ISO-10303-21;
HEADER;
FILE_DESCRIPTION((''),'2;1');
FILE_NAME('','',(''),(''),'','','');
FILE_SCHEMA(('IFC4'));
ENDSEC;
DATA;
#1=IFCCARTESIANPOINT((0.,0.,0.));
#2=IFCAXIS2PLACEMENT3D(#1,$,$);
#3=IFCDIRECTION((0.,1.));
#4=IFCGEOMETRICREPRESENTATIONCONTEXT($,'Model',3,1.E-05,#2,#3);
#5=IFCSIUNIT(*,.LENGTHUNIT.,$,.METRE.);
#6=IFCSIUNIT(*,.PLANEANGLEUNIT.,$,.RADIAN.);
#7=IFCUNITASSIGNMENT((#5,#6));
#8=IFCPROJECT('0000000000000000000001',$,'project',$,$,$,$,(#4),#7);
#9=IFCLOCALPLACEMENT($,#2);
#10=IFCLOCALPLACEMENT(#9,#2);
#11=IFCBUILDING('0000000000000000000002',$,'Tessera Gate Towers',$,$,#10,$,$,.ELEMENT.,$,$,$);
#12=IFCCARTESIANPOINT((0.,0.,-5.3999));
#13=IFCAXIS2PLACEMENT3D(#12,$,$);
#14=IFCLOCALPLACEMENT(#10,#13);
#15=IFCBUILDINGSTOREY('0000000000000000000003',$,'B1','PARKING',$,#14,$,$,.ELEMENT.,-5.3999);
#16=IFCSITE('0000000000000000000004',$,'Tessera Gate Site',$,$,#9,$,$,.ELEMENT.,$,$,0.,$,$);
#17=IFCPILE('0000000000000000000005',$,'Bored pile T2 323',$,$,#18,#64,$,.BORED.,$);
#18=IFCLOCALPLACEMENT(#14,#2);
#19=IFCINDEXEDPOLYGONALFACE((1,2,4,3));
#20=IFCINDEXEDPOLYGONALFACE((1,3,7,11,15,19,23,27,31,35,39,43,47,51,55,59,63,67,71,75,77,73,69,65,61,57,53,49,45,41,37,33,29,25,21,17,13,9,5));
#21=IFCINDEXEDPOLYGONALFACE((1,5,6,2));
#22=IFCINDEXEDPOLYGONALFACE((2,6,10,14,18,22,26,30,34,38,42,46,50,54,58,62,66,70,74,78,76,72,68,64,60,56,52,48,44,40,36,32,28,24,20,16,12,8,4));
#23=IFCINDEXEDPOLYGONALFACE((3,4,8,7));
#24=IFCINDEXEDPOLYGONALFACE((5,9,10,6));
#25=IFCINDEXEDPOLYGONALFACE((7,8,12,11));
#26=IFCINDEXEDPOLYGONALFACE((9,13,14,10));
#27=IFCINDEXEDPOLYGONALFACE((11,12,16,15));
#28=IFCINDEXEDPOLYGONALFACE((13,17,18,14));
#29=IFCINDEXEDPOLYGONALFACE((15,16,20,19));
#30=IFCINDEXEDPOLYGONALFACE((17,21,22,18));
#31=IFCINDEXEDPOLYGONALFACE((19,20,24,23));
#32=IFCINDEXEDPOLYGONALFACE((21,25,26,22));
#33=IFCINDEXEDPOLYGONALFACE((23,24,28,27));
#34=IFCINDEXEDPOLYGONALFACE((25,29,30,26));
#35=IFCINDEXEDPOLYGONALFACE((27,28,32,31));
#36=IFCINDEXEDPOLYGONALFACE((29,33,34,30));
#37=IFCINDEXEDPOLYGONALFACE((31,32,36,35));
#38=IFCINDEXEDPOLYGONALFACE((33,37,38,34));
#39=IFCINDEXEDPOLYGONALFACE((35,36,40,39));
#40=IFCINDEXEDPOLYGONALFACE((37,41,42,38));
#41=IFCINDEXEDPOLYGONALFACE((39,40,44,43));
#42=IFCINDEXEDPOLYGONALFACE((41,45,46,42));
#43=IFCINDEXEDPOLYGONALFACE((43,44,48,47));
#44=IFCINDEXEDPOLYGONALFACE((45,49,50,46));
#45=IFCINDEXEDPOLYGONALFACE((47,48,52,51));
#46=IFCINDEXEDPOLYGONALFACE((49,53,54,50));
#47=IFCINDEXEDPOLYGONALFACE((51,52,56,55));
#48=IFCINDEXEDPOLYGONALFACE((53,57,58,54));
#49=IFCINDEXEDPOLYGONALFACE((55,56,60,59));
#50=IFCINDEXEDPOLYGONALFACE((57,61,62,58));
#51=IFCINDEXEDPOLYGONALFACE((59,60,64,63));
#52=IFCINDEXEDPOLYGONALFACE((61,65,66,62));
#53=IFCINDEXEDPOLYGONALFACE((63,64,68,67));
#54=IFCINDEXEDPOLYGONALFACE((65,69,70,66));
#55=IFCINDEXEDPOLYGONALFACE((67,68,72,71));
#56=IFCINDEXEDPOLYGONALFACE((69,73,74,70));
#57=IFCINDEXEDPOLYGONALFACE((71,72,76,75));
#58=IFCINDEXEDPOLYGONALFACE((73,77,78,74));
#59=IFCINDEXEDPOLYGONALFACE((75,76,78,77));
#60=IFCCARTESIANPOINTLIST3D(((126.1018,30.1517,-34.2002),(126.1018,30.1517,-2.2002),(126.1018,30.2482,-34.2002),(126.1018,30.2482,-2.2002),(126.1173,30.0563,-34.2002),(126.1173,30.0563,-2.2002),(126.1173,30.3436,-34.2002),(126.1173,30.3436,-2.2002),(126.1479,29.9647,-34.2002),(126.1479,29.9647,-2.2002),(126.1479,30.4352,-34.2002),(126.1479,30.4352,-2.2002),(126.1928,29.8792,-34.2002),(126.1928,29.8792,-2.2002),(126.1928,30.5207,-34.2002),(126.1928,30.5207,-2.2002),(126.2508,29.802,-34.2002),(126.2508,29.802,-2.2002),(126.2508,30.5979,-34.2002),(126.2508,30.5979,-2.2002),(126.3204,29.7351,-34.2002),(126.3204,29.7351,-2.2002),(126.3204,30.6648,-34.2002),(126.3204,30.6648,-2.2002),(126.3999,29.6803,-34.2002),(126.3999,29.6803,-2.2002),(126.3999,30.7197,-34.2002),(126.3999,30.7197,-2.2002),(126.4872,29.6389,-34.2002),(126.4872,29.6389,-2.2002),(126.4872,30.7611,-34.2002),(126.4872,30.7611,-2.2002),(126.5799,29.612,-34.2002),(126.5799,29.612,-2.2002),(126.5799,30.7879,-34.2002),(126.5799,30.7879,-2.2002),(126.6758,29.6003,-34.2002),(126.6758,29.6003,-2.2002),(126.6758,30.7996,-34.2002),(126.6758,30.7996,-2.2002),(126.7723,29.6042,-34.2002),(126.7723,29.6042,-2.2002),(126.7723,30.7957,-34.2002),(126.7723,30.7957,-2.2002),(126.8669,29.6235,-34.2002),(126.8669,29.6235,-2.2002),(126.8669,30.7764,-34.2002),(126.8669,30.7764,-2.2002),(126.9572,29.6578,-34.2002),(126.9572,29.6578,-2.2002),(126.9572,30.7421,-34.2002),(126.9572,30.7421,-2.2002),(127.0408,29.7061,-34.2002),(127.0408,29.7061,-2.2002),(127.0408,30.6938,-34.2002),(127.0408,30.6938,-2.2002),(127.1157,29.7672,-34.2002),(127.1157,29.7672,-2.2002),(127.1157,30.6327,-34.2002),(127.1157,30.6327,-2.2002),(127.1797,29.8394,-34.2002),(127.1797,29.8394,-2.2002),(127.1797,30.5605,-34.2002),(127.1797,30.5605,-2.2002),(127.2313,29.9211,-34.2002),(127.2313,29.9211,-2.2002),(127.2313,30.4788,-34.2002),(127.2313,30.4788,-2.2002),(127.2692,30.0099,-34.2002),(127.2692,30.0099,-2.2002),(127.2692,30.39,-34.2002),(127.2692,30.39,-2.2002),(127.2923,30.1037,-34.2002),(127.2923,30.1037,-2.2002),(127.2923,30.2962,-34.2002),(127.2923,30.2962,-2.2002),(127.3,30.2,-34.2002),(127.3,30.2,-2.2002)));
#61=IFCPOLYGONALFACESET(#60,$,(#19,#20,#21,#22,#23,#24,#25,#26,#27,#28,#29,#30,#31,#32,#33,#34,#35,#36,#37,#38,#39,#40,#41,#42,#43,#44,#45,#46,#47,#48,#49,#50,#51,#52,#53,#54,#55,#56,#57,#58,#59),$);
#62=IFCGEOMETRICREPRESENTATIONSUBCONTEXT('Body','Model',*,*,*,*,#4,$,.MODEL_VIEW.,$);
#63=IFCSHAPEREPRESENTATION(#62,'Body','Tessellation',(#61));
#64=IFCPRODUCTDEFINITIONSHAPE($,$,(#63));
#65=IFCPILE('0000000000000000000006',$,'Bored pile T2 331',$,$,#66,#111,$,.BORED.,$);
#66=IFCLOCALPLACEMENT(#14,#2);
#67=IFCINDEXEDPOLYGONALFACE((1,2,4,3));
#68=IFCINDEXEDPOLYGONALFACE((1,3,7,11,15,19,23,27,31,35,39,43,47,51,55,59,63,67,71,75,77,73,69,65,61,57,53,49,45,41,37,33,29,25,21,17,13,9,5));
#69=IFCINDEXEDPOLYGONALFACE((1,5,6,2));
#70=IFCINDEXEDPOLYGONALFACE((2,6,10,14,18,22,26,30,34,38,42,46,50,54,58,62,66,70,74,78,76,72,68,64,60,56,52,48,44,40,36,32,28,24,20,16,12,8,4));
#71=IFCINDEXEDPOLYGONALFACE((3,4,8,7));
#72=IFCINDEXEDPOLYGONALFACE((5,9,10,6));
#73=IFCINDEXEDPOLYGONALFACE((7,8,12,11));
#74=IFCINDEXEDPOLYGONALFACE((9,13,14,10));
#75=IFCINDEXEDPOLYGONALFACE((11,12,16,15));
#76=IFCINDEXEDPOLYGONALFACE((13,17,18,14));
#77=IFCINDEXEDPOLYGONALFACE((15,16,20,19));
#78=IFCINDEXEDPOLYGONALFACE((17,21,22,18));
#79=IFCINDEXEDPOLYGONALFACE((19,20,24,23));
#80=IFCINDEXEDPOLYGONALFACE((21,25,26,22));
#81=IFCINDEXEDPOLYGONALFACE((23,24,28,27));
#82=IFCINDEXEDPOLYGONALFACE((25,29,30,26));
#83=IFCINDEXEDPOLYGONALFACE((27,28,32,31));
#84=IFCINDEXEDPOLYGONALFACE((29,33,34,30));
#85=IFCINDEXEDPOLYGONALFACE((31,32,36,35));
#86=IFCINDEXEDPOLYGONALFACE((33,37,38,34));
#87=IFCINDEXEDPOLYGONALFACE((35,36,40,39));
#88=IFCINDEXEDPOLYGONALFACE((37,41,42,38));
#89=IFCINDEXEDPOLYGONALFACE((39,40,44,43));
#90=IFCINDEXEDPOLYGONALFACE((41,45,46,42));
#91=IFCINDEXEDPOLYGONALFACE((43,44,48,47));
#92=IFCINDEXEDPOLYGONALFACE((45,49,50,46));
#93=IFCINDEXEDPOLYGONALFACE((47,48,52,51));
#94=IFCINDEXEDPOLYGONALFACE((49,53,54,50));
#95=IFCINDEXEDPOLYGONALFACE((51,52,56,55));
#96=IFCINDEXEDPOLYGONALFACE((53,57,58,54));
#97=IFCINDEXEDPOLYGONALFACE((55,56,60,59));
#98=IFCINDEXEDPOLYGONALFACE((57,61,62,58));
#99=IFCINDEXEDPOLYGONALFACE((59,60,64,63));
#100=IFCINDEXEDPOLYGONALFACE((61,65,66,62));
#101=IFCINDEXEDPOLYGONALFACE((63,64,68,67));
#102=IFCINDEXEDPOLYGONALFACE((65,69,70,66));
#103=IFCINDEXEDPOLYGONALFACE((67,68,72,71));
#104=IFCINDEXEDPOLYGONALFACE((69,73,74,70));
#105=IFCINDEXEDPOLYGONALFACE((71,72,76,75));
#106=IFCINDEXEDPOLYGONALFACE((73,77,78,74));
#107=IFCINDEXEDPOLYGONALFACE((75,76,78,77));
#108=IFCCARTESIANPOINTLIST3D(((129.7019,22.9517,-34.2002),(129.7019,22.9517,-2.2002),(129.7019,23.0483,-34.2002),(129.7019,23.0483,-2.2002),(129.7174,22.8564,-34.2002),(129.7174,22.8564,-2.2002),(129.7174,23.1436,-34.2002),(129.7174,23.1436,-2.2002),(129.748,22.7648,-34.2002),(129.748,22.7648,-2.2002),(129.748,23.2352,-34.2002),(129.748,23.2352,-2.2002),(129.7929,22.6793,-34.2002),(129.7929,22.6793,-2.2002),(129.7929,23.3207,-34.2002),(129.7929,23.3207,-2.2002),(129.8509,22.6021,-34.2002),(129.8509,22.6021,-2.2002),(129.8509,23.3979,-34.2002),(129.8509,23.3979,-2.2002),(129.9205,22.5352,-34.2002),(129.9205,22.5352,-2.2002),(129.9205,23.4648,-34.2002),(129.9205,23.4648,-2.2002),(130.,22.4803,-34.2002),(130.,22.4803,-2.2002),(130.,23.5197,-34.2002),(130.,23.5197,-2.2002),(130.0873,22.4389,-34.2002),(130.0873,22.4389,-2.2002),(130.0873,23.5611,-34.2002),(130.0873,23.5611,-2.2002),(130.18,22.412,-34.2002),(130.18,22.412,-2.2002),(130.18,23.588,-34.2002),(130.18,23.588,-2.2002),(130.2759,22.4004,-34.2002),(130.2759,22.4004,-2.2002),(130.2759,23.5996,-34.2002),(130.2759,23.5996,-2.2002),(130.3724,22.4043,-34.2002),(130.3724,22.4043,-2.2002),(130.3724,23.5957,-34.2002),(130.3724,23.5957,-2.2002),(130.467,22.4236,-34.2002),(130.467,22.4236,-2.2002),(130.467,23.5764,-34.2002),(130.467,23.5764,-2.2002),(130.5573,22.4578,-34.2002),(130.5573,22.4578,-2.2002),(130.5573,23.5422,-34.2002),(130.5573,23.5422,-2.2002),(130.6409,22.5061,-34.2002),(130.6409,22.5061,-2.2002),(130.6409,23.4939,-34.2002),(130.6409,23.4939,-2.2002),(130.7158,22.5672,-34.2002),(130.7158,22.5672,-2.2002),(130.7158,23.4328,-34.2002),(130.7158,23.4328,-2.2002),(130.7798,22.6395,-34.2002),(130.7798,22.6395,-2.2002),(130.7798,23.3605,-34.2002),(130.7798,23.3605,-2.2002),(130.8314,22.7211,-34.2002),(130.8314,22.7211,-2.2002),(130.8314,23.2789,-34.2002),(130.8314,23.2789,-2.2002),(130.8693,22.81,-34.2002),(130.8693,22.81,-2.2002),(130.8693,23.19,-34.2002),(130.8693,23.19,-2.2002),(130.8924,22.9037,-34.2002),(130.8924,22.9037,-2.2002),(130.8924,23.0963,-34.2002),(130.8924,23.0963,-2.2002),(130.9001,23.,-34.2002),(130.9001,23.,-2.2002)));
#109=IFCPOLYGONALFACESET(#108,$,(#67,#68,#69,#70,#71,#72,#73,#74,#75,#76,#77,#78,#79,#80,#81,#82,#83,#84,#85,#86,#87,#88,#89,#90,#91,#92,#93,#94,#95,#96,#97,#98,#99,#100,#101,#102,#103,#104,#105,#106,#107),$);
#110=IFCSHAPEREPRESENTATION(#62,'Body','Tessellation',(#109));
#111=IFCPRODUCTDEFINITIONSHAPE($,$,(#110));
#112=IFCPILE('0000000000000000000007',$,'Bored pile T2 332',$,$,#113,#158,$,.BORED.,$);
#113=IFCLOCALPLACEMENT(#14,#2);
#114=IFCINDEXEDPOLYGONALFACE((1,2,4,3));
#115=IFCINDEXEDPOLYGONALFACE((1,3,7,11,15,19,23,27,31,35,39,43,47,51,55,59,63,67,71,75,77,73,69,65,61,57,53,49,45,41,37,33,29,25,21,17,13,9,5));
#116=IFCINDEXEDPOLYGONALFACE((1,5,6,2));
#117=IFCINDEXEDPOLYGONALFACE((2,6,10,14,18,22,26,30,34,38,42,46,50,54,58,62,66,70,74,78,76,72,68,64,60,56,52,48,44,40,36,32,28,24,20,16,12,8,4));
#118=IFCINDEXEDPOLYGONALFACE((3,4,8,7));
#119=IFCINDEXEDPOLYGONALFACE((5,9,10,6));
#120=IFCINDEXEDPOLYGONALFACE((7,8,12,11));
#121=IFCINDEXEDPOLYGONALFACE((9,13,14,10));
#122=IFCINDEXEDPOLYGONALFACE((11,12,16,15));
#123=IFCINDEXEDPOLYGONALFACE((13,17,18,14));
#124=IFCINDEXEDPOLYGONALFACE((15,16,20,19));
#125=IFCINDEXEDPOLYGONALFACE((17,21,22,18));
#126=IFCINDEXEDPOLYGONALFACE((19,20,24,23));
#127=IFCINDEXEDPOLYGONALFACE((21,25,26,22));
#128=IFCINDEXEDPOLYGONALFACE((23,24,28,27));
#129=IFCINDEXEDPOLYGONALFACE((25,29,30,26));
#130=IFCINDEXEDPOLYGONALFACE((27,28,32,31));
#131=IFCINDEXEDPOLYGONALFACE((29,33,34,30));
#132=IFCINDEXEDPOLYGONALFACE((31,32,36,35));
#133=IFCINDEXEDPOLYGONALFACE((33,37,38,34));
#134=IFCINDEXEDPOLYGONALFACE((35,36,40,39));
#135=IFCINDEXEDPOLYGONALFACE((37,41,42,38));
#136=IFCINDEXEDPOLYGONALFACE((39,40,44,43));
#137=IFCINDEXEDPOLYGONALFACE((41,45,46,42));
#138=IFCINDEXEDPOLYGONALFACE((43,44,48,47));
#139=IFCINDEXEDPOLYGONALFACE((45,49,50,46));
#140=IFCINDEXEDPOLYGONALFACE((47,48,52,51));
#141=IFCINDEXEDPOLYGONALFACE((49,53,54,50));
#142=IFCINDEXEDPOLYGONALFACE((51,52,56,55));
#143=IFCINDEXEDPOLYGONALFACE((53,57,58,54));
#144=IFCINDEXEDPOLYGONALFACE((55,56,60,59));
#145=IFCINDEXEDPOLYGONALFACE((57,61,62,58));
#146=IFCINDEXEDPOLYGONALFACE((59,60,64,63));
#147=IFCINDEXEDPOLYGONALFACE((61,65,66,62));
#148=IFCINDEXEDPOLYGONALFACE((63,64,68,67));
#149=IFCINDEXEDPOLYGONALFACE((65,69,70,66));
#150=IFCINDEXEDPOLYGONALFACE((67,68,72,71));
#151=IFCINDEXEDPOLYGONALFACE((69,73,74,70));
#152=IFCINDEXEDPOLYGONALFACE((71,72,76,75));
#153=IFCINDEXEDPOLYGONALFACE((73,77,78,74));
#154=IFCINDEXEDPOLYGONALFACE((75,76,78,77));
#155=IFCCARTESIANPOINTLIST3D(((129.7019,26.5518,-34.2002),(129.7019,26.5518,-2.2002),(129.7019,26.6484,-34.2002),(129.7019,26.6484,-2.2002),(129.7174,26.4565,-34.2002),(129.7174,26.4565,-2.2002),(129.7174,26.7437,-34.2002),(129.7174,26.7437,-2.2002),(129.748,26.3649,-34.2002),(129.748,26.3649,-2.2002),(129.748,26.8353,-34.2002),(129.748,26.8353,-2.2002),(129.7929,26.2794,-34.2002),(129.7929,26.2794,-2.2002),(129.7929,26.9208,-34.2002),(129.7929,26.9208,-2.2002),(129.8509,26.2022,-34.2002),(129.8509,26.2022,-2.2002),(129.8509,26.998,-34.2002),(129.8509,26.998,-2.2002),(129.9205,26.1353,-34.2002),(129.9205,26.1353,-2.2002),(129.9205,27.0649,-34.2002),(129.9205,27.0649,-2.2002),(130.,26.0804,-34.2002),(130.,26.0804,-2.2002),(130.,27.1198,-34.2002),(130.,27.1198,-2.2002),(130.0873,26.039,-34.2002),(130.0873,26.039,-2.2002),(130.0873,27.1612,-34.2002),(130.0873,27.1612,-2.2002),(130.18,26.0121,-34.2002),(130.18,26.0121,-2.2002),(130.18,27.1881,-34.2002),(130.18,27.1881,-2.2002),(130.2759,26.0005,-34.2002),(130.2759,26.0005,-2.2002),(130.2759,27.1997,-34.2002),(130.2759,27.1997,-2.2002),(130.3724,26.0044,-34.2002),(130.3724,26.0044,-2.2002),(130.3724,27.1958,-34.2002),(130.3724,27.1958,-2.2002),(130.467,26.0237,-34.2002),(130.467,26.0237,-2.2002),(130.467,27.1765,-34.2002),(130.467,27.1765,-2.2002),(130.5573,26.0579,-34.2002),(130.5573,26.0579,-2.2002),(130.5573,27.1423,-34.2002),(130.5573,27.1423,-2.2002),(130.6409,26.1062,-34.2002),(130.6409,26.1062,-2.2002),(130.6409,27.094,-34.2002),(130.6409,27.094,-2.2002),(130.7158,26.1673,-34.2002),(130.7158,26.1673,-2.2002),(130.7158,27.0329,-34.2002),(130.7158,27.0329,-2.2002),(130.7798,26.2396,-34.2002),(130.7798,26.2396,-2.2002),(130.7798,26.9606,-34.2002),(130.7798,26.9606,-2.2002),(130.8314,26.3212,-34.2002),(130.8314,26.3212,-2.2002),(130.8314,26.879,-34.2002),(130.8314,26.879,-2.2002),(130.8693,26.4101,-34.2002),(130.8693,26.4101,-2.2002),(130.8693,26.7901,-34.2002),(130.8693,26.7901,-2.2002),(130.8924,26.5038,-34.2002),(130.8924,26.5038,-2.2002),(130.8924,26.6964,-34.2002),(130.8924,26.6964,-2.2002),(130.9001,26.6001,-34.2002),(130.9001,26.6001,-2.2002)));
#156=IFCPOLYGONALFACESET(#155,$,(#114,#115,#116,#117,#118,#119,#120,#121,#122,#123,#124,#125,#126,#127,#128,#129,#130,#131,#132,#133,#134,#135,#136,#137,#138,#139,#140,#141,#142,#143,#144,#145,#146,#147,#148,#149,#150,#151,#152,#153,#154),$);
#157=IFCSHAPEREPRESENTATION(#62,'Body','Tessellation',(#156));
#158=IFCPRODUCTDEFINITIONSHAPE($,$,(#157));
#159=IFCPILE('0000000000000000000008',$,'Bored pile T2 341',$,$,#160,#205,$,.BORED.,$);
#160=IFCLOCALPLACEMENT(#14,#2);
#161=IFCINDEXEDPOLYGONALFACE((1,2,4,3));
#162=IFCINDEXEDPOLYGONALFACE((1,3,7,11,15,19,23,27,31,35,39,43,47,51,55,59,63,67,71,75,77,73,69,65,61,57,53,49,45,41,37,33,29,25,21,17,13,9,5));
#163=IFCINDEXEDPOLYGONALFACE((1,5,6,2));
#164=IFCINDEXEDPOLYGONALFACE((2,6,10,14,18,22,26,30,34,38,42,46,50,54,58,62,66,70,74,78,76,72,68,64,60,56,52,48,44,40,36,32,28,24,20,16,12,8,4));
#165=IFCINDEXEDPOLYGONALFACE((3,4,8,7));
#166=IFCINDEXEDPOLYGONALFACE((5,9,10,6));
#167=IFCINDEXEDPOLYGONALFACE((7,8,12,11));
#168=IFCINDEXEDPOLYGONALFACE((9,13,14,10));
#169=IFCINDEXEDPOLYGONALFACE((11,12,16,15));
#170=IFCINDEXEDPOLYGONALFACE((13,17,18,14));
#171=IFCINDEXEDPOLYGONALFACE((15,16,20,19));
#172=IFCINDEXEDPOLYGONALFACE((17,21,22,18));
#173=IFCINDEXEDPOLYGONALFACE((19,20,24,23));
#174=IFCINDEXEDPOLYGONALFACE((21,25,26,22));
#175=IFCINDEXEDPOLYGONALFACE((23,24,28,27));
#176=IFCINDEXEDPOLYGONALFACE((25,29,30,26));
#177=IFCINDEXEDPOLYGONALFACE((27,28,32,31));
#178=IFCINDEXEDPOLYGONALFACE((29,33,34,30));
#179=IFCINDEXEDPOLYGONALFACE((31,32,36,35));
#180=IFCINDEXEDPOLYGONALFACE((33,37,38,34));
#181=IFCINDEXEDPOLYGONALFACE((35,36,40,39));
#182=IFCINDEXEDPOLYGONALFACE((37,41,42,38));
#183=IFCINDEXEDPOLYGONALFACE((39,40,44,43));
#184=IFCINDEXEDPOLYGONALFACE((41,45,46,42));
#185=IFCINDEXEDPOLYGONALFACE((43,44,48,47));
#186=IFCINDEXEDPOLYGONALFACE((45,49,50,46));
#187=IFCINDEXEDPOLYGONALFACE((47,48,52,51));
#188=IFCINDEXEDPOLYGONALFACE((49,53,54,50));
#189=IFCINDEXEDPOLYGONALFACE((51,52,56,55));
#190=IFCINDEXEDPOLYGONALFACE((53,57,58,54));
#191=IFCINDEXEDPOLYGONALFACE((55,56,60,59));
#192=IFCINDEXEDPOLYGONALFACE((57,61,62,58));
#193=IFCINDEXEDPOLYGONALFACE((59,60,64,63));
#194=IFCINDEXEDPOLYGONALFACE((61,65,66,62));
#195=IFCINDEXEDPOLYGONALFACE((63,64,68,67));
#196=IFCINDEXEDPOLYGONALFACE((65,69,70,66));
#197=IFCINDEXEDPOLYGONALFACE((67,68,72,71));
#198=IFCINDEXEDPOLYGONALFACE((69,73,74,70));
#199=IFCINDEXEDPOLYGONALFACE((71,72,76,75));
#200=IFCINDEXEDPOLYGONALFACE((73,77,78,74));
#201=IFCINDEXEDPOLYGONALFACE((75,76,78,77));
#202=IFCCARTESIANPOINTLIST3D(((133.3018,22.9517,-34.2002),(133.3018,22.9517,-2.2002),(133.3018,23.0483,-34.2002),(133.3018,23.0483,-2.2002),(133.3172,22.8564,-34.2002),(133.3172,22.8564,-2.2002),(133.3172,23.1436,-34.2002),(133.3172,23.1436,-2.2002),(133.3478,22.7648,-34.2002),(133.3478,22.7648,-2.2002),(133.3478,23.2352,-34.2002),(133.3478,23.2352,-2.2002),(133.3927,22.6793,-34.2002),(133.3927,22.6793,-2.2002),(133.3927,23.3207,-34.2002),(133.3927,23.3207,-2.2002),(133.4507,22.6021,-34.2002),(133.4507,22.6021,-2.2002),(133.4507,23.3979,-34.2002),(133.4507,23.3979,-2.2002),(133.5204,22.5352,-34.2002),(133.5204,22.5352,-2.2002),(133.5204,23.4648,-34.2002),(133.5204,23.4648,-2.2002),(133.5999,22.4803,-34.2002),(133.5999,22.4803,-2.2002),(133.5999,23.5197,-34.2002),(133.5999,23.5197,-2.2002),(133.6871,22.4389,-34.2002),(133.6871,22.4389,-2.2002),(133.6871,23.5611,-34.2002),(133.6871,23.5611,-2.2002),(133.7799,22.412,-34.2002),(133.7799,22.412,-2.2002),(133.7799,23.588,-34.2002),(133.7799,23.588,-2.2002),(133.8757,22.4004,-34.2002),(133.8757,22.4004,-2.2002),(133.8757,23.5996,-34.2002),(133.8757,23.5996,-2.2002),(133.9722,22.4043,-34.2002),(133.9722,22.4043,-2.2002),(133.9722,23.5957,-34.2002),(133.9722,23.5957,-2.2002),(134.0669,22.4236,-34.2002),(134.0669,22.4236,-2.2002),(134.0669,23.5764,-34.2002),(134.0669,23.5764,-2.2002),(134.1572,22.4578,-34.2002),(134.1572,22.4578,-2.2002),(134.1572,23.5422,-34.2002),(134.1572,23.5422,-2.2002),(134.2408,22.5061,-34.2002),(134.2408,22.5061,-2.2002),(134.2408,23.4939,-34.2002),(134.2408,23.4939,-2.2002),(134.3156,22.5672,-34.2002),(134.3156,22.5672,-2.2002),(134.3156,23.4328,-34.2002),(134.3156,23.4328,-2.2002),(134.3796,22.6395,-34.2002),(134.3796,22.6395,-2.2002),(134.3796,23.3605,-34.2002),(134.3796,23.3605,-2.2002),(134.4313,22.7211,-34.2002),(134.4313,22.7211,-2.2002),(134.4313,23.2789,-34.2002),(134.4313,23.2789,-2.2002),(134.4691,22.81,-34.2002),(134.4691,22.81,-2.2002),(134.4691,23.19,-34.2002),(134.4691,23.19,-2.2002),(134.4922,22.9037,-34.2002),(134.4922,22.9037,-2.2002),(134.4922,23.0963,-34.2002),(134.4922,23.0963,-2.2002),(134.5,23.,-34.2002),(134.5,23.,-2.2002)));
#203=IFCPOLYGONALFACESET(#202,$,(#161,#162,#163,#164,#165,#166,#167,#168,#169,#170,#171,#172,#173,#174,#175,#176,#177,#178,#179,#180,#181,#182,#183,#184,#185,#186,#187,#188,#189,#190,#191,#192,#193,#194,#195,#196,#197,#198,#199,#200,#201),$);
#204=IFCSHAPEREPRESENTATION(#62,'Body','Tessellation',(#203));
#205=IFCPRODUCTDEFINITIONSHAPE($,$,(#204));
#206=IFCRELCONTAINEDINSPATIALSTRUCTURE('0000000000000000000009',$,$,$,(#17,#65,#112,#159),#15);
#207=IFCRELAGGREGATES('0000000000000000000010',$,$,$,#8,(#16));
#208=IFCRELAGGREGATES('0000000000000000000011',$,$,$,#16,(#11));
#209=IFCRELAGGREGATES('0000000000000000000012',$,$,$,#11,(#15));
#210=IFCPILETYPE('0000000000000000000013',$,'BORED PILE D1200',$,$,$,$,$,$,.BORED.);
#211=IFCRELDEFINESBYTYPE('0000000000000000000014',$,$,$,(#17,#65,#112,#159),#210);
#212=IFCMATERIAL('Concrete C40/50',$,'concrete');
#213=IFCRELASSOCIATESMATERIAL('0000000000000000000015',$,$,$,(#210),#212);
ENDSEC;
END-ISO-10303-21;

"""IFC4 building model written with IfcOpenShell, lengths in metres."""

from ifc_helpers import new_model, si_unit, direction, frame, origin, origin_2d, place, context, subcontext, project, spatial, circle, extrude, material, material_profile, profile_set, type_object, element, save


model = new_model("IFC4")

# Units and contexts
model_context = context("Model", 3, precision=1e-05, world=origin(), true_north=direction((0.0, 1.0)))
body_context = subcontext(model_context, "Body", "Model", "MODEL_VIEW")
ifc_project = project(units=[si_unit("LENGTHUNIT", "METRE"), si_unit("PLANEANGLEUNIT", "RADIAN")], contexts=[model_context])

# Site, building, storey
site_placement = place(None, origin())
site = spatial("IfcSite", under=ifc_project, at=site_placement, Name="Tessera Gate Site", CompositionType="ELEMENT", RefElevation=0.0)
building_placement = place(site_placement, origin())
building = spatial("IfcBuilding", under=site, at=building_placement, Name="Tessera Gate Towers", CompositionType="ELEMENT")
storey_placement = place(building_placement, frame((0.0, 0.0, -5.3999)))
storey = spatial("IfcBuildingStorey", under=building, at=storey_placement, Name="B1", Description="PARKING", CompositionType="ELEMENT", Elevation=-5.3999)

# Piles
ifc_material_1 = material(Name="Concrete C40/50", Category="concrete")
ifc_material_profile_1 = material_profile(ifc_material_1, circle(Radius=0.6001, at=origin_2d()), Name="BORED PILE D1200")
ifc_profile_set_1 = profile_set([ifc_material_profile_1], Name="Concrete C40/50")
pile_type = type_object("IfcPileType", Name="BORED PILE D1200", PredefinedType="BORED", material=ifc_profile_set_1)
for number, where, z_axis, x_axis, name in (
    (1, (126.7, 30.2, -2.2002), (0.0, 0.0, -1.0), (1.0, 0.0, 0.0), "Bored pile T2 323"),
    (2, (130.3, 23.0, -2.2002), (0.0, 0.0, -1.0), (1.0, 0.0, 0.0), "Bored pile T2 331"),
    (3, (130.3, 26.6001, -2.2002), (0.0, 0.0, -1.0), (1.0, 0.0, 0.0), "Bored pile T2 332"),
    (4, (133.8999, 23.0, -2.2002), (0.0, 0.0, -1.0), (1.0, 0.0, 0.0), "Bored pile T2 341"),
):
    element("IfcPile", number, at=place(storey_placement, frame(where, z_axis=z_axis, x_axis=x_axis)), inside=storey, type_object=pile_type, Name=name, PredefinedType="BORED", context=body_context, shape_type="SweptSolid", body=[
        extrude(circle(Radius=0.6001, at=origin_2d()), origin(), (0.0, 0.0, 1.0), 32.0),
    ])

save(model, "model.ifc")
